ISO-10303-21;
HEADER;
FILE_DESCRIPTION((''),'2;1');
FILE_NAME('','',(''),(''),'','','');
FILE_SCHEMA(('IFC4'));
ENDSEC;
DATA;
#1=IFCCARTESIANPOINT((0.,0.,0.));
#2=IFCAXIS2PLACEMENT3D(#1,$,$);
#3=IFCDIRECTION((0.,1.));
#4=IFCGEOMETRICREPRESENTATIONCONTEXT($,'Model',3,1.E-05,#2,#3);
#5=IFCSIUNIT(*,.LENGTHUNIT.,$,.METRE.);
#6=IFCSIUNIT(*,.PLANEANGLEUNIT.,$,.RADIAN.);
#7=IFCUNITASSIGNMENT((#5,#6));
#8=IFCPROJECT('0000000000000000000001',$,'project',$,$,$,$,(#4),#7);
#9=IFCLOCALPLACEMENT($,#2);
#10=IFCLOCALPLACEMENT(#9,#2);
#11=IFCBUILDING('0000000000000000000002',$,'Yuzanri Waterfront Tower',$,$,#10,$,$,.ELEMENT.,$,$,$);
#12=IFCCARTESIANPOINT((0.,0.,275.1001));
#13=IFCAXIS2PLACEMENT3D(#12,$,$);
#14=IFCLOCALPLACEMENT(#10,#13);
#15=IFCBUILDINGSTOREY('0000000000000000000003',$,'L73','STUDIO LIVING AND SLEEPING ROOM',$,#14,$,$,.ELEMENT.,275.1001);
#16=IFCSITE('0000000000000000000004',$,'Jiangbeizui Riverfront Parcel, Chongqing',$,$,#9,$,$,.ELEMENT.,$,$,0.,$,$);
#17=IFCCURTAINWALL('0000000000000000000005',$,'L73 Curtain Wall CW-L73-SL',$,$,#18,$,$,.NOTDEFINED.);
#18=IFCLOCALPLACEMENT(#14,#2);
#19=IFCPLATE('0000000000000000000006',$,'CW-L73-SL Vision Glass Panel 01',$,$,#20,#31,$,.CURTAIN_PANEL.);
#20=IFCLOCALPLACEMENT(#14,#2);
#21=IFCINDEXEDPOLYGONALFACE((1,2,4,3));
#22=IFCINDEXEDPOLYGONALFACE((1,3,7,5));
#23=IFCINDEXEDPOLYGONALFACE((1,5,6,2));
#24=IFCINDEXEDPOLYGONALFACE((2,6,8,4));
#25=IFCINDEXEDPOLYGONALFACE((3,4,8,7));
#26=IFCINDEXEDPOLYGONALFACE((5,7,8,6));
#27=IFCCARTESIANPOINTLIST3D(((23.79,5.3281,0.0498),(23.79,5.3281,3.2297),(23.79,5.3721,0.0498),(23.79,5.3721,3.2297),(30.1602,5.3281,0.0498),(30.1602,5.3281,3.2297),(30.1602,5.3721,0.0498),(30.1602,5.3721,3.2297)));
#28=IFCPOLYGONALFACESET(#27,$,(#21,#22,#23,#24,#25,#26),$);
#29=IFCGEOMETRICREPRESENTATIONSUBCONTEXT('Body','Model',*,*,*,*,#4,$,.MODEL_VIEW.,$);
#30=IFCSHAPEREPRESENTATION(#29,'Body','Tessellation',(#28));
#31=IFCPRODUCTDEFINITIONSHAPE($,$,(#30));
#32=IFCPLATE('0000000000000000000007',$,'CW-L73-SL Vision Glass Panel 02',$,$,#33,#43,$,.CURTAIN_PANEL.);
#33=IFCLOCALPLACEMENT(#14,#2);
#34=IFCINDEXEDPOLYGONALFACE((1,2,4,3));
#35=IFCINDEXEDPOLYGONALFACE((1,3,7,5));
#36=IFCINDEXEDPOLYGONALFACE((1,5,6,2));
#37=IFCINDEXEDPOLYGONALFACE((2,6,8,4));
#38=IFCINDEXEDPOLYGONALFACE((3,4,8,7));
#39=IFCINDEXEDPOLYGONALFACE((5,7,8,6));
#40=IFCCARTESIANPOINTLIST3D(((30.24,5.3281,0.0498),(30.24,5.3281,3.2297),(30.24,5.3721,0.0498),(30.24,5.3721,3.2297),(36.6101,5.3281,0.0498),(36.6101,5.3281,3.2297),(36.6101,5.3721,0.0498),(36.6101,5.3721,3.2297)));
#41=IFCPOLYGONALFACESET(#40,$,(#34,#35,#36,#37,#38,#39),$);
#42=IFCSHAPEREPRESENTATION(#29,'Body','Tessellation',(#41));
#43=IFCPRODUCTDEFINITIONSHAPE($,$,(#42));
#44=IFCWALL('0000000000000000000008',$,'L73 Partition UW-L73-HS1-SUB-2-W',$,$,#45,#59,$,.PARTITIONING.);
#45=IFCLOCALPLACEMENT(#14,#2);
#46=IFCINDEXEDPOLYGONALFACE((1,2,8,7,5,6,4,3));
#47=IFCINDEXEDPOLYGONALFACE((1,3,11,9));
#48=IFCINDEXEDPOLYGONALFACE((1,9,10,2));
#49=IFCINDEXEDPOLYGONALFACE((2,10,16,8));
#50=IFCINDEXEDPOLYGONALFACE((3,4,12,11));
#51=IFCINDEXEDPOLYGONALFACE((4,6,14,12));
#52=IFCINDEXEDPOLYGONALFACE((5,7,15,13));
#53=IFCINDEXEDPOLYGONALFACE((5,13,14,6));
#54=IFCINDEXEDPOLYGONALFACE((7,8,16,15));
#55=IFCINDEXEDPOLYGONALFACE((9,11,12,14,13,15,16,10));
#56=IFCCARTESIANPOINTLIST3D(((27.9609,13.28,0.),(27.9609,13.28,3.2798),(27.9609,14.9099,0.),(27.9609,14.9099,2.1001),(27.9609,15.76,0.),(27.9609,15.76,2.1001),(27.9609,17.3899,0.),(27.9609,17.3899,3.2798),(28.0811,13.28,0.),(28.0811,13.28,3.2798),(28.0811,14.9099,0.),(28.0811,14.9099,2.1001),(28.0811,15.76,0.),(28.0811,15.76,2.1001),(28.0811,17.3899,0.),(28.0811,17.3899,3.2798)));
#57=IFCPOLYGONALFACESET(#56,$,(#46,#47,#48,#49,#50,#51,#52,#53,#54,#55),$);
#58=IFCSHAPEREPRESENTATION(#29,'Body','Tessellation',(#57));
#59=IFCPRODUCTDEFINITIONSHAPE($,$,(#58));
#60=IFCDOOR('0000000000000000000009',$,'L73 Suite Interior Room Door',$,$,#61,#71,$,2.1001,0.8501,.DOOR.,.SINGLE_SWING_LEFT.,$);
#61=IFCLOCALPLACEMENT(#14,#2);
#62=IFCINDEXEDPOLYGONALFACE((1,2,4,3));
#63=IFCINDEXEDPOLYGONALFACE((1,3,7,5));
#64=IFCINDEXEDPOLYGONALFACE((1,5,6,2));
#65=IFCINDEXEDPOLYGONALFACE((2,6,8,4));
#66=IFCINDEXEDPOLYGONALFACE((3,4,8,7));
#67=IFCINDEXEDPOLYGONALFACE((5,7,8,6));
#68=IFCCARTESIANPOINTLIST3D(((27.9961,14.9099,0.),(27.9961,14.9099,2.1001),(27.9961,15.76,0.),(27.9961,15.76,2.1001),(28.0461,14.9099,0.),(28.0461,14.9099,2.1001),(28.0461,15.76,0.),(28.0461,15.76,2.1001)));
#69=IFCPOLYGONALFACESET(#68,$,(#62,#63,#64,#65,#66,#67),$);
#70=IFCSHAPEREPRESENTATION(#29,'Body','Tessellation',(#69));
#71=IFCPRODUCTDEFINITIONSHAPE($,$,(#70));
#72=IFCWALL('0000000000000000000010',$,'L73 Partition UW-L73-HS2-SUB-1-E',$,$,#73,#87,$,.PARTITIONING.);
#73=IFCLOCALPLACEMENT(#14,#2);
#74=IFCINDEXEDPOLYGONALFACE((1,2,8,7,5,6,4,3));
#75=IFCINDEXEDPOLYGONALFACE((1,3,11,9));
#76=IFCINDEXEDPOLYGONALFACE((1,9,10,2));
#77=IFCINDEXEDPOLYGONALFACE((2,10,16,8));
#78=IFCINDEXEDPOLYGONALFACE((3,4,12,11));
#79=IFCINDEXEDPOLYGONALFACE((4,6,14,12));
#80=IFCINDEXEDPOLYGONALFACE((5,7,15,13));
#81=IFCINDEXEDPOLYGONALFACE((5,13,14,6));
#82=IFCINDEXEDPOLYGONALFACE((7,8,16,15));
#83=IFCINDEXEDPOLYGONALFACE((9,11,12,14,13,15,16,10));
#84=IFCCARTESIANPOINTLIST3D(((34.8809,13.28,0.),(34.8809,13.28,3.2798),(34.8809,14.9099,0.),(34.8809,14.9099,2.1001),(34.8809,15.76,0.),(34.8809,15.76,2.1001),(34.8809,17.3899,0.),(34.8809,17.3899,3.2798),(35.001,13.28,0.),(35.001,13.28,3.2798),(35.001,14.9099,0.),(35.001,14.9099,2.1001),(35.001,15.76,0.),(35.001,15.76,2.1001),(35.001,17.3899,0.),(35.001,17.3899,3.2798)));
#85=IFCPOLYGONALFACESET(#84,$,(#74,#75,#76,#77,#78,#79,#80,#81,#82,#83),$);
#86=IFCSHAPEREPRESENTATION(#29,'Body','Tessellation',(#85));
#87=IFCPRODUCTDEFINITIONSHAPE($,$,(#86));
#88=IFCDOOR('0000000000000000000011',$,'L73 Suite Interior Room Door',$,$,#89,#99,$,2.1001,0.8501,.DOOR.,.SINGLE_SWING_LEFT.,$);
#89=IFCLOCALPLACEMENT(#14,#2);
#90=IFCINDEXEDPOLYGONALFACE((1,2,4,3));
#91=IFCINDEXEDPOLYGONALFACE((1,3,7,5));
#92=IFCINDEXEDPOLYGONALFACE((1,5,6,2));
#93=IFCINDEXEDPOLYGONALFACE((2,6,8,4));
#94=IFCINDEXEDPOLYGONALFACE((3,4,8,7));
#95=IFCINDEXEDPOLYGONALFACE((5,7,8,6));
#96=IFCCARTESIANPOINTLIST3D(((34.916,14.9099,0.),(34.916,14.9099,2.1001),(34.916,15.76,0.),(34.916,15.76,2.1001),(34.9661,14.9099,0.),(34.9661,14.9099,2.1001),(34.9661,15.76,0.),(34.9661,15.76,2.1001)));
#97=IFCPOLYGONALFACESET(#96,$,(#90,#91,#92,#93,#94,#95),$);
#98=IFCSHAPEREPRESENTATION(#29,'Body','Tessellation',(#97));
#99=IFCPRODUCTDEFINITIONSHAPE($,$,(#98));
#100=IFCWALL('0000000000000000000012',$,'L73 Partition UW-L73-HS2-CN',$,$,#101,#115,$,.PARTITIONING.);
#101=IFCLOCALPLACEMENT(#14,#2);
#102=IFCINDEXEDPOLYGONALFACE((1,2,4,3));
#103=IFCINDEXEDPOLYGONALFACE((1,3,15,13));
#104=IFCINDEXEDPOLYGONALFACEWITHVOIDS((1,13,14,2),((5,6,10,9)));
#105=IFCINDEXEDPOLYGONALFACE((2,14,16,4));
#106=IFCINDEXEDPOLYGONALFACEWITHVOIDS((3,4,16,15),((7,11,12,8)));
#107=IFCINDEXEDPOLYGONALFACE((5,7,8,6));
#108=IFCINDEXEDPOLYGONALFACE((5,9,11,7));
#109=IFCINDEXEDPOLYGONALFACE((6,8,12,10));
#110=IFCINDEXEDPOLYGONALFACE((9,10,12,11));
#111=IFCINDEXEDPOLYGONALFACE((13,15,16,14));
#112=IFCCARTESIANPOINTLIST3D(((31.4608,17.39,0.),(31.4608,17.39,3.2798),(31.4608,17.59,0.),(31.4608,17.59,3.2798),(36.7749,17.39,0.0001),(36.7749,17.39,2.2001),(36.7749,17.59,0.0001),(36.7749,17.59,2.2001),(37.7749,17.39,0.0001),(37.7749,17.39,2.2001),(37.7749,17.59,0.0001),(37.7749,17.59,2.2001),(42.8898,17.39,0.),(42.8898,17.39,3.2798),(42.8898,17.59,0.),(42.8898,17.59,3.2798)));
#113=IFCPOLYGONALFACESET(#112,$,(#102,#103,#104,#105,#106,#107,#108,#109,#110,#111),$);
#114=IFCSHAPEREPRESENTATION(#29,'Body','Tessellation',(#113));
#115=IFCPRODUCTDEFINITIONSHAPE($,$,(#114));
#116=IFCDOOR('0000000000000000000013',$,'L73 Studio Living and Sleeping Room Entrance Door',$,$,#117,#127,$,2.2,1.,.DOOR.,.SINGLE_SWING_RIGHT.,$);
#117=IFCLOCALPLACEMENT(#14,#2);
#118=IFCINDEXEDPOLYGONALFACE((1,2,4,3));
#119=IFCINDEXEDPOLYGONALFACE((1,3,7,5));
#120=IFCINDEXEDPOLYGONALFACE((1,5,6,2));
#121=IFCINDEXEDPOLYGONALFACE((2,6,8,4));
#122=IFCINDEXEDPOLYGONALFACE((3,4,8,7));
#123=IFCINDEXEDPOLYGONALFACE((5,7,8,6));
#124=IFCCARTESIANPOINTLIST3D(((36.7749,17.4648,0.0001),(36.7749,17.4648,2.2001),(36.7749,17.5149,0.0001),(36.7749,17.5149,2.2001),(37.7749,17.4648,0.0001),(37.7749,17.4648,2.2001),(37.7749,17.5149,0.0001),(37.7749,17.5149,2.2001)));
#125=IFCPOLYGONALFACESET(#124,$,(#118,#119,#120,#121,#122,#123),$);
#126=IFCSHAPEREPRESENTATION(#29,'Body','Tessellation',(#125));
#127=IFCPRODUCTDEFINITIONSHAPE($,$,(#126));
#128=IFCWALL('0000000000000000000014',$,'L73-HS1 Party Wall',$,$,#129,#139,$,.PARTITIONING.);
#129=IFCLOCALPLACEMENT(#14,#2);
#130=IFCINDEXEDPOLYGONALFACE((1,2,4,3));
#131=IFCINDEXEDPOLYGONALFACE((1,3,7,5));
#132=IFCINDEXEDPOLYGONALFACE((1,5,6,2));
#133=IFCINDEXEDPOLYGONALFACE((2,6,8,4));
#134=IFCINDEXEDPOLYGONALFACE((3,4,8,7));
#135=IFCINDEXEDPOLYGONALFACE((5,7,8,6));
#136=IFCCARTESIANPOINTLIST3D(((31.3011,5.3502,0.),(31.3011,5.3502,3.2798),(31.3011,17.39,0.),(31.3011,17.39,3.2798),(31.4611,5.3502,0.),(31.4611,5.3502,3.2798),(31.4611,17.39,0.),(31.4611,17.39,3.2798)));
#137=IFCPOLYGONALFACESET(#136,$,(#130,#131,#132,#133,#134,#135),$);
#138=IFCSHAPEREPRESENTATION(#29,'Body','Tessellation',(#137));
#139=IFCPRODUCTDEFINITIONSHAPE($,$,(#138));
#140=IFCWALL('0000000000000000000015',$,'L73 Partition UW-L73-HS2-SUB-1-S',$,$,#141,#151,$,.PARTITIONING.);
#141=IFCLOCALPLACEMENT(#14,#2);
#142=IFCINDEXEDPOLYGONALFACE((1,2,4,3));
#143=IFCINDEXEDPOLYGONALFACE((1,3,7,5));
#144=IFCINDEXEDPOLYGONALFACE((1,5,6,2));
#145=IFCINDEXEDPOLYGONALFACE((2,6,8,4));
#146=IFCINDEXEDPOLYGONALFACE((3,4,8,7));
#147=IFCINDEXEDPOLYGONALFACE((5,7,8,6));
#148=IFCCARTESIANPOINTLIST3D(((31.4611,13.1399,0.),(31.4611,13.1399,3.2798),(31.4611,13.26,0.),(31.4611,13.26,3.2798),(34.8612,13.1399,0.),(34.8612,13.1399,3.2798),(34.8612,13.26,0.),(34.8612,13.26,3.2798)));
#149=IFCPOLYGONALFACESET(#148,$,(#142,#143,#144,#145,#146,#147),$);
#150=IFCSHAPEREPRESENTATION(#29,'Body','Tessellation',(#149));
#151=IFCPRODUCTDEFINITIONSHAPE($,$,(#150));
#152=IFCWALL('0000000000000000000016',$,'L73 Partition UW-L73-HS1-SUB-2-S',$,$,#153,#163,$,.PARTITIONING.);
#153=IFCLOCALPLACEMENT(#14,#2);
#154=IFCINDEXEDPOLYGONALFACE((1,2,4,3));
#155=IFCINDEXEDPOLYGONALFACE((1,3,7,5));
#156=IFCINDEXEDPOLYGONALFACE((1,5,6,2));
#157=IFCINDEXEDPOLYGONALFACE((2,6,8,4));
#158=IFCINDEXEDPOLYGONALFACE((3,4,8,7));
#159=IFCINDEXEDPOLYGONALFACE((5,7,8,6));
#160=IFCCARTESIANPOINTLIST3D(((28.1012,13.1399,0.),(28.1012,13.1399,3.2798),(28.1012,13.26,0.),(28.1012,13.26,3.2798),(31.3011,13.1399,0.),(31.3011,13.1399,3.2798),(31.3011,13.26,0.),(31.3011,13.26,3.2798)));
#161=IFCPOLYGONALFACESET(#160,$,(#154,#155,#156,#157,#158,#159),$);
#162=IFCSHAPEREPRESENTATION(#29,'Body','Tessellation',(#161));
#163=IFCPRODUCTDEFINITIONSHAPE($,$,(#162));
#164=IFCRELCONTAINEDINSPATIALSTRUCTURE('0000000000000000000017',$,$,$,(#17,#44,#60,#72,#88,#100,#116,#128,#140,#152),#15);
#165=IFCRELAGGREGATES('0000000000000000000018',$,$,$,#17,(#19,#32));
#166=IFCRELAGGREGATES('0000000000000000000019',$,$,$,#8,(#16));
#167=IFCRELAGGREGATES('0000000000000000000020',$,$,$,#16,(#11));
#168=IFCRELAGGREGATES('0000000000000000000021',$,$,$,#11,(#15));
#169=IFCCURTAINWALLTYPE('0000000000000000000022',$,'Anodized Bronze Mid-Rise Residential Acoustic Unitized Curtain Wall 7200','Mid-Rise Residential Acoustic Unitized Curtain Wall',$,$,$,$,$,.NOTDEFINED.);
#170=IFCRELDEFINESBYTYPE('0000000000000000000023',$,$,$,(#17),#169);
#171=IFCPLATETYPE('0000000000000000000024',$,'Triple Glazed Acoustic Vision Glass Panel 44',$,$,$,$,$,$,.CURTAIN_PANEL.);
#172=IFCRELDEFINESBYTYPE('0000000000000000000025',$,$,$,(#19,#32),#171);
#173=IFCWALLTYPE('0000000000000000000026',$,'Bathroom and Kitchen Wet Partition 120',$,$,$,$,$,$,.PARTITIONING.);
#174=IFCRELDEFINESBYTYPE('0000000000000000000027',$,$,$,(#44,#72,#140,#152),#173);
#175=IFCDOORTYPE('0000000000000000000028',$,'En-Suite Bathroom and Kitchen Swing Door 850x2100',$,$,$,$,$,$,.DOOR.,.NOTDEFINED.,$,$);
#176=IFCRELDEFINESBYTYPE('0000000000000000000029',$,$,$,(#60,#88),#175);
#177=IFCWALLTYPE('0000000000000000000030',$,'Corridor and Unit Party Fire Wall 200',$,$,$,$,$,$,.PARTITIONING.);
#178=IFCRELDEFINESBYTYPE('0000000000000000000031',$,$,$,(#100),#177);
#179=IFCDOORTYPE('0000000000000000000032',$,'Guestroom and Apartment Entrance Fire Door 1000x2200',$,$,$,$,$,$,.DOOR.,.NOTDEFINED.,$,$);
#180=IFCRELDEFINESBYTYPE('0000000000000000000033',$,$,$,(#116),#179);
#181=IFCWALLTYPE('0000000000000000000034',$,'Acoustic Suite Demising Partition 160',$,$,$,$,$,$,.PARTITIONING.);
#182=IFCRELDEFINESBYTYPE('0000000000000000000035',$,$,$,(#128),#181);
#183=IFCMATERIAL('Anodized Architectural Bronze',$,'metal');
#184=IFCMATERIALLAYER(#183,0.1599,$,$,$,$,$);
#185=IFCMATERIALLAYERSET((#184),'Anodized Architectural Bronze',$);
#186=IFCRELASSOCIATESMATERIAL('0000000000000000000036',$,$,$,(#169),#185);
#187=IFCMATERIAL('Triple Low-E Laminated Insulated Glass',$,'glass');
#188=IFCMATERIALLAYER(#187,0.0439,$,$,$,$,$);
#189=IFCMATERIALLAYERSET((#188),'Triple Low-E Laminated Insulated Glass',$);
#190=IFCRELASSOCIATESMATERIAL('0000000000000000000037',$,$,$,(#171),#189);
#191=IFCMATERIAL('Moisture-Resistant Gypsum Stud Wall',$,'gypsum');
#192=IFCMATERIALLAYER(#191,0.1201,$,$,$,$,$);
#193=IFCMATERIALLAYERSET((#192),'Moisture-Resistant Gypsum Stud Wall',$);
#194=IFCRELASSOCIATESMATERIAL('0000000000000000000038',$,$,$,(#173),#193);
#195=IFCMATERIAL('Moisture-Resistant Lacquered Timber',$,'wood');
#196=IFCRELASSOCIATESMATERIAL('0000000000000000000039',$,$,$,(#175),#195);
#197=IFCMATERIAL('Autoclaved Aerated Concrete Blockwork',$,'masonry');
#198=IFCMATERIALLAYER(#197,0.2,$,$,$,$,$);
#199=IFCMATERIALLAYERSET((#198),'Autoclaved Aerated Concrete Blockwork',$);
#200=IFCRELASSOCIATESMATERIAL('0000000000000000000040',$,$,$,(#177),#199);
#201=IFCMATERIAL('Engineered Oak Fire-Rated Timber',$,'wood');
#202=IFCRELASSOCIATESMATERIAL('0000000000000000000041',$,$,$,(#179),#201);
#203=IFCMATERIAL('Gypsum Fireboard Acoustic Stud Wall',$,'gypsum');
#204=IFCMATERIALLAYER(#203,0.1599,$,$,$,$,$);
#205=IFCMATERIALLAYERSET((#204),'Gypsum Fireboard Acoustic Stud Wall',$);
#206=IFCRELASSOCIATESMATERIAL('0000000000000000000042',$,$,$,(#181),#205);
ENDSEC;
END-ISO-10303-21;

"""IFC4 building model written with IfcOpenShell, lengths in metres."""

from ifc_helpers import new_model, si_unit, direction, frame, frame_2d, origin, origin_2d, place, context, subcontext, project, spatial, rectangle, extrude, source, transform, mapped, material, layer, layer_set, type_object, element, fill, aggregate, save


model = new_model("IFC4")

# Units and contexts
model_context = context("Model", 3, precision=1e-05, world=origin(), true_north=direction((0.0, 1.0)))
body_context = subcontext(model_context, "Body", "Model", "MODEL_VIEW")
ifc_project = project(units=[si_unit("LENGTHUNIT", "METRE"), si_unit("PLANEANGLEUNIT", "RADIAN")], contexts=[model_context])

# Site, building, storey
site_placement = place(None, origin())
site = spatial("IfcSite", under=ifc_project, at=site_placement, Name="Jiangbeizui Riverfront Parcel, Chongqing", CompositionType="ELEMENT", RefElevation=0.0)
building_placement = place(site_placement, origin())
building = spatial("IfcBuilding", under=site, at=building_placement, Name="Yuzanri Waterfront Tower", CompositionType="ELEMENT")
storey_placement = place(building_placement, frame((0.0, 0.0, 275.1001)))
storey = spatial("IfcBuildingStorey", under=building, at=storey_placement, Name="L73", Description="STUDIO LIVING AND SLEEPING ROOM", CompositionType="ELEMENT", Elevation=275.1001)

# Curtain wall, plates
ifc_material_1 = material(Name="Anodized Architectural Bronze", Category="metal")
ifc_layer_1 = layer(ifc_material_1, 0.1599)
ifc_layer_set_1 = layer_set([ifc_layer_1], Name="Anodized Architectural Bronze")
curtain_wall_type = type_object("IfcCurtainWallType", Name="Anodized Bronze Mid-Rise Residential Acoustic Unitized Curtain Wall 7200", Description="Mid-Rise Residential Acoustic Unitized Curtain Wall", PredefinedType="NOTDEFINED", material=ifc_layer_set_1)
curtain_wall_placement = place(storey_placement, origin())
curtain_wall = element("IfcCurtainWall", 1, at=curtain_wall_placement, inside=storey, type_object=curtain_wall_type, Name="L73 Curtain Wall CW-L73-SL", PredefinedType="NOTDEFINED")
ifc_material_2 = material(Name="Triple Low-E Laminated Insulated Glass", Category="glass")
ifc_layer_2 = layer(ifc_material_2, 0.0439)
ifc_layer_set_2 = layer_set([ifc_layer_2], Name="Triple Low-E Laminated Insulated Glass")
plate_type = type_object("IfcPlateType", Name="Triple Glazed Acoustic Vision Glass Panel 44", PredefinedType="CURTAIN_PANEL", material=ifc_layer_set_2)
shared_shape_1 = source(origin(), body_context, "Body", "SweptSolid", [
    extrude(rectangle(XDim=6.3701, YDim=0.0439, at=origin_2d()), origin(), (0.0, 0.0, 1.0), 3.1799),
])
plate_1_placement = place(storey_placement, frame((26.9751, 5.3501, 0.0498), z_axis=(0.0, 0.0, 1.0), x_axis=(1.0, 0.0, 0.0)))
plate_1 = element("IfcPlate", 2, at=plate_1_placement, type_object=plate_type, Name="CW-L73-SL Vision Glass Panel 01", PredefinedType="CURTAIN_PANEL", context=body_context, shape_type="MappedRepresentation", body=[
    mapped(shared_shape_1, transform((0.0, 0.0, 0.0), scale=1.0)),
])
plate_2_placement = place(storey_placement, frame((33.425, 5.3501, 0.0498), z_axis=(0.0, 0.0, 1.0), x_axis=(1.0, 0.0, 0.0)))
plate_2 = element("IfcPlate", 3, at=plate_2_placement, type_object=plate_type, Name="CW-L73-SL Vision Glass Panel 02", PredefinedType="CURTAIN_PANEL", context=body_context, shape_type="MappedRepresentation", body=[
    mapped(shared_shape_1, transform((0.0, 0.0, 0.0), scale=1.0)),
])
aggregate(curtain_wall, [plate_1, plate_2])

# Walls, openings, doors
ifc_material_3 = material(Name="Moisture-Resistant Gypsum Stud Wall", Category="gypsum")
ifc_layer_3 = layer(ifc_material_3, 0.1201)
ifc_layer_set_3 = layer_set([ifc_layer_3], Name="Moisture-Resistant Gypsum Stud Wall")
wall_type_1 = type_object("IfcWallType", Name="Bathroom and Kitchen Wet Partition 120", PredefinedType="PARTITIONING", material=ifc_layer_set_3)
wall_1_placement = place(storey_placement, frame((28.021, 13.28, 0.0), z_axis=(0.0, 0.0, 1.0), x_axis=(0.0, 1.0, 0.0)))
wall_1 = element("IfcWall", 4, at=wall_1_placement, inside=storey, type_object=wall_type_1, Name="L73 Partition UW-L73-HS1-SUB-2-W", PredefinedType="PARTITIONING", context=body_context, shape_type="SweptSolid", body=[
    extrude(rectangle(XDim=4.1099, YDim=0.1201, at=frame_2d((2.0549, 0.0))), origin(), (0.0, 0.0, 1.0), 3.2798),
])
opening_1_placement = place(wall_1_placement, frame((1.6299, 0.0, 0.0)))
opening_1 = element("IfcOpeningElement", 5, at=opening_1_placement, cuts=wall_1, PredefinedType="OPENING", context=body_context, shape_type="SweptSolid", body=[
    extrude(rectangle(XDim=0.8501, YDim=2.1001, at=frame_2d((0.425, 1.05))), frame((0.0, 0.075, 0.0), z_axis=(0.0, -1.0, 0.0), x_axis=(1.0, 0.0, 0.0)), (0.0, 0.0, 1.0), 0.1499),
])
ifc_material_4 = material(Name="Moisture-Resistant Lacquered Timber", Category="wood")
door_type_1 = type_object("IfcDoorType", Name="En-Suite Bathroom and Kitchen Swing Door 850x2100", OperationType="NOTDEFINED", PredefinedType="DOOR", material=ifc_material_4)
shared_shape_2 = source(origin(), body_context, "Body", "SweptSolid", [
    extrude(rectangle(XDim=0.8501, YDim=2.1001, at=frame_2d((0.425, 1.05))), frame((0.0, 0.0249, 0.0), z_axis=(0.0, -1.0, 0.0), x_axis=(1.0, 0.0, 0.0)), (0.0, 0.0, 1.0), 0.05),
])
door_1_placement = place(opening_1_placement, origin())
door_1 = element("IfcDoor", 6, at=door_1_placement, inside=storey, type_object=door_type_1, Name="L73 Suite Interior Room Door", OperationType="SINGLE_SWING_LEFT", OverallHeight=2.1001, OverallWidth=0.8501, PredefinedType="DOOR", context=body_context, shape_type="MappedRepresentation", body=[
    mapped(shared_shape_2, transform((0.0, 0.0, 0.0), scale=1.0)),
])
fill(opening_1, door_1)
wall_2_placement = place(storey_placement, frame((34.9409, 13.28, 0.0), z_axis=(0.0, 0.0, 1.0), x_axis=(0.0, 1.0, 0.0)))
wall_2 = element("IfcWall", 7, at=wall_2_placement, inside=storey, type_object=wall_type_1, Name="L73 Partition UW-L73-HS2-SUB-1-E", PredefinedType="PARTITIONING", context=body_context, shape_type="SweptSolid", body=[
    extrude(rectangle(XDim=4.1099, YDim=0.1201, at=frame_2d((2.0549, 0.0))), origin(), (0.0, 0.0, 1.0), 3.2798),
])
opening_2_placement = place(wall_2_placement, frame((1.6299, 0.0, 0.0)))
opening_2 = element("IfcOpeningElement", 8, at=opening_2_placement, cuts=wall_2, PredefinedType="OPENING", context=body_context, shape_type="SweptSolid", body=[
    extrude(rectangle(XDim=0.8501, YDim=2.1001, at=frame_2d((0.425, 1.05))), frame((0.0, 0.075, 0.0), z_axis=(0.0, -1.0, 0.0), x_axis=(1.0, 0.0, 0.0)), (0.0, 0.0, 1.0), 0.1499),
])
door_2_placement = place(opening_2_placement, origin())
door_2 = element("IfcDoor", 9, at=door_2_placement, inside=storey, type_object=door_type_1, Name="L73 Suite Interior Room Door", OperationType="SINGLE_SWING_LEFT", OverallHeight=2.1001, OverallWidth=0.8501, PredefinedType="DOOR", context=body_context, shape_type="MappedRepresentation", body=[
    mapped(shared_shape_2, transform((0.0, 0.0, 0.0), scale=1.0)),
])
fill(opening_2, door_2)
ifc_material_5 = material(Name="Autoclaved Aerated Concrete Blockwork", Category="masonry")
ifc_layer_4 = layer(ifc_material_5, 0.2)
ifc_layer_set_4 = layer_set([ifc_layer_4], Name="Autoclaved Aerated Concrete Blockwork")
wall_type_2 = type_object("IfcWallType", Name="Corridor and Unit Party Fire Wall 200", PredefinedType="PARTITIONING", material=ifc_layer_set_4)
wall_3_placement = place(storey_placement, frame((31.4609, 17.49, 0.0), z_axis=(0.0, 0.0, 1.0), x_axis=(1.0, 0.0, 0.0)))
wall_3 = element("IfcWall", 10, at=wall_3_placement, inside=storey, type_object=wall_type_2, Name="L73 Partition UW-L73-HS2-CN", PredefinedType="PARTITIONING", context=body_context, shape_type="SweptSolid", body=[
    extrude(rectangle(XDim=11.429, YDim=0.2, at=frame_2d((5.7144, 0.0))), origin(), (0.0, 0.0, 1.0), 3.2798),
])
opening_3_placement = place(wall_3_placement, frame((5.314, 0.0, 0.0)))
opening_3 = element("IfcOpeningElement", 11, at=opening_3_placement, cuts=wall_3, PredefinedType="OPENING", context=body_context, shape_type="SweptSolid", body=[
    extrude(rectangle(XDim=1.0, YDim=2.2, at=frame_2d((0.5, 1.1001))), frame((0.0, 0.1147, 0.0), z_axis=(0.0, -1.0, 0.0), x_axis=(1.0, 0.0, 0.0)), (0.0, 0.0, 1.0), 0.2297),
])
ifc_material_6 = material(Name="Engineered Oak Fire-Rated Timber", Category="wood")
door_type_2 = type_object("IfcDoorType", Name="Guestroom and Apartment Entrance Fire Door 1000x2200", OperationType="NOTDEFINED", PredefinedType="DOOR", material=ifc_material_6)
shared_shape_3 = source(origin(), body_context, "Body", "SweptSolid", [
    extrude(rectangle(XDim=1.0, YDim=2.2, at=frame_2d((0.5, 1.1001))), frame((0.0, 0.0249, 0.0), z_axis=(0.0, -1.0, 0.0), x_axis=(1.0, 0.0, 0.0)), (0.0, 0.0, 1.0), 0.05),
])
door_3_placement = place(opening_3_placement, origin())
door_3 = element("IfcDoor", 12, at=door_3_placement, inside=storey, type_object=door_type_2, Name="L73 Studio Living and Sleeping Room Entrance Door", OperationType="SINGLE_SWING_RIGHT", OverallHeight=2.2, OverallWidth=1.0, PredefinedType="DOOR", context=body_context, shape_type="MappedRepresentation", body=[
    mapped(shared_shape_3, transform((0.0, 0.0, 0.0), scale=1.0)),
])
fill(opening_3, door_3)

# Walls
ifc_material_7 = material(Name="Gypsum Fireboard Acoustic Stud Wall", Category="gypsum")
ifc_layer_5 = layer(ifc_material_7, 0.1599)
ifc_layer_set_5 = layer_set([ifc_layer_5], Name="Gypsum Fireboard Acoustic Stud Wall")
wall_type_3 = type_object("IfcWallType", Name="Acoustic Suite Demising Partition 160", PredefinedType="PARTITIONING", material=ifc_layer_set_5)
shared_shape_4 = source(origin(), body_context, "Body", "SweptSolid", [
    extrude(rectangle(XDim=12.0398, YDim=0.1599, at=frame_2d((6.02, 0.0))), origin(), (0.0, 0.0, 1.0), 3.2798),
])
wall_4_placement = place(storey_placement, frame((31.3811, 5.3501, 0.0), z_axis=(0.0, 0.0, 1.0), x_axis=(0.0, 1.0, 0.0)))
element("IfcWall", 13, at=wall_4_placement, inside=storey, type_object=wall_type_3, Name="L73-HS1 Party Wall", PredefinedType="PARTITIONING", context=body_context, shape_type="MappedRepresentation", body=[
    mapped(shared_shape_4, transform((0.0, 0.0, 0.0), scale=1.0)),
])
shared_shape_5 = source(origin(), body_context, "Body", "SweptSolid", [
    extrude(rectangle(XDim=3.4001, YDim=0.1201, at=frame_2d((1.7002, 0.0))), origin(), (0.0, 0.0, 1.0), 3.2798),
])
wall_5_placement = place(storey_placement, frame((31.4609, 13.2, 0.0), z_axis=(0.0, 0.0, 1.0), x_axis=(1.0, 0.0, 0.0)))
element("IfcWall", 14, at=wall_5_placement, inside=storey, type_object=wall_type_1, Name="L73 Partition UW-L73-HS2-SUB-1-S", PredefinedType="PARTITIONING", context=body_context, shape_type="MappedRepresentation", body=[
    mapped(shared_shape_5, transform((0.0, 0.0, 0.0), scale=1.0)),
])
shared_shape_6 = source(origin(), body_context, "Body", "SweptSolid", [
    extrude(rectangle(XDim=3.2, YDim=0.1201, at=frame_2d((1.6001, 0.0))), origin(), (0.0, 0.0, 1.0), 3.2798),
])
wall_6_placement = place(storey_placement, frame((28.1011, 13.2, 0.0), z_axis=(0.0, 0.0, 1.0), x_axis=(1.0, 0.0, 0.0)))
element("IfcWall", 15, at=wall_6_placement, inside=storey, type_object=wall_type_1, Name="L73 Partition UW-L73-HS1-SUB-2-S", PredefinedType="PARTITIONING", context=body_context, shape_type="MappedRepresentation", body=[
    mapped(shared_shape_6, transform((0.0, 0.0, 0.0), scale=1.0)),
])

save(model, "model.ifc")
